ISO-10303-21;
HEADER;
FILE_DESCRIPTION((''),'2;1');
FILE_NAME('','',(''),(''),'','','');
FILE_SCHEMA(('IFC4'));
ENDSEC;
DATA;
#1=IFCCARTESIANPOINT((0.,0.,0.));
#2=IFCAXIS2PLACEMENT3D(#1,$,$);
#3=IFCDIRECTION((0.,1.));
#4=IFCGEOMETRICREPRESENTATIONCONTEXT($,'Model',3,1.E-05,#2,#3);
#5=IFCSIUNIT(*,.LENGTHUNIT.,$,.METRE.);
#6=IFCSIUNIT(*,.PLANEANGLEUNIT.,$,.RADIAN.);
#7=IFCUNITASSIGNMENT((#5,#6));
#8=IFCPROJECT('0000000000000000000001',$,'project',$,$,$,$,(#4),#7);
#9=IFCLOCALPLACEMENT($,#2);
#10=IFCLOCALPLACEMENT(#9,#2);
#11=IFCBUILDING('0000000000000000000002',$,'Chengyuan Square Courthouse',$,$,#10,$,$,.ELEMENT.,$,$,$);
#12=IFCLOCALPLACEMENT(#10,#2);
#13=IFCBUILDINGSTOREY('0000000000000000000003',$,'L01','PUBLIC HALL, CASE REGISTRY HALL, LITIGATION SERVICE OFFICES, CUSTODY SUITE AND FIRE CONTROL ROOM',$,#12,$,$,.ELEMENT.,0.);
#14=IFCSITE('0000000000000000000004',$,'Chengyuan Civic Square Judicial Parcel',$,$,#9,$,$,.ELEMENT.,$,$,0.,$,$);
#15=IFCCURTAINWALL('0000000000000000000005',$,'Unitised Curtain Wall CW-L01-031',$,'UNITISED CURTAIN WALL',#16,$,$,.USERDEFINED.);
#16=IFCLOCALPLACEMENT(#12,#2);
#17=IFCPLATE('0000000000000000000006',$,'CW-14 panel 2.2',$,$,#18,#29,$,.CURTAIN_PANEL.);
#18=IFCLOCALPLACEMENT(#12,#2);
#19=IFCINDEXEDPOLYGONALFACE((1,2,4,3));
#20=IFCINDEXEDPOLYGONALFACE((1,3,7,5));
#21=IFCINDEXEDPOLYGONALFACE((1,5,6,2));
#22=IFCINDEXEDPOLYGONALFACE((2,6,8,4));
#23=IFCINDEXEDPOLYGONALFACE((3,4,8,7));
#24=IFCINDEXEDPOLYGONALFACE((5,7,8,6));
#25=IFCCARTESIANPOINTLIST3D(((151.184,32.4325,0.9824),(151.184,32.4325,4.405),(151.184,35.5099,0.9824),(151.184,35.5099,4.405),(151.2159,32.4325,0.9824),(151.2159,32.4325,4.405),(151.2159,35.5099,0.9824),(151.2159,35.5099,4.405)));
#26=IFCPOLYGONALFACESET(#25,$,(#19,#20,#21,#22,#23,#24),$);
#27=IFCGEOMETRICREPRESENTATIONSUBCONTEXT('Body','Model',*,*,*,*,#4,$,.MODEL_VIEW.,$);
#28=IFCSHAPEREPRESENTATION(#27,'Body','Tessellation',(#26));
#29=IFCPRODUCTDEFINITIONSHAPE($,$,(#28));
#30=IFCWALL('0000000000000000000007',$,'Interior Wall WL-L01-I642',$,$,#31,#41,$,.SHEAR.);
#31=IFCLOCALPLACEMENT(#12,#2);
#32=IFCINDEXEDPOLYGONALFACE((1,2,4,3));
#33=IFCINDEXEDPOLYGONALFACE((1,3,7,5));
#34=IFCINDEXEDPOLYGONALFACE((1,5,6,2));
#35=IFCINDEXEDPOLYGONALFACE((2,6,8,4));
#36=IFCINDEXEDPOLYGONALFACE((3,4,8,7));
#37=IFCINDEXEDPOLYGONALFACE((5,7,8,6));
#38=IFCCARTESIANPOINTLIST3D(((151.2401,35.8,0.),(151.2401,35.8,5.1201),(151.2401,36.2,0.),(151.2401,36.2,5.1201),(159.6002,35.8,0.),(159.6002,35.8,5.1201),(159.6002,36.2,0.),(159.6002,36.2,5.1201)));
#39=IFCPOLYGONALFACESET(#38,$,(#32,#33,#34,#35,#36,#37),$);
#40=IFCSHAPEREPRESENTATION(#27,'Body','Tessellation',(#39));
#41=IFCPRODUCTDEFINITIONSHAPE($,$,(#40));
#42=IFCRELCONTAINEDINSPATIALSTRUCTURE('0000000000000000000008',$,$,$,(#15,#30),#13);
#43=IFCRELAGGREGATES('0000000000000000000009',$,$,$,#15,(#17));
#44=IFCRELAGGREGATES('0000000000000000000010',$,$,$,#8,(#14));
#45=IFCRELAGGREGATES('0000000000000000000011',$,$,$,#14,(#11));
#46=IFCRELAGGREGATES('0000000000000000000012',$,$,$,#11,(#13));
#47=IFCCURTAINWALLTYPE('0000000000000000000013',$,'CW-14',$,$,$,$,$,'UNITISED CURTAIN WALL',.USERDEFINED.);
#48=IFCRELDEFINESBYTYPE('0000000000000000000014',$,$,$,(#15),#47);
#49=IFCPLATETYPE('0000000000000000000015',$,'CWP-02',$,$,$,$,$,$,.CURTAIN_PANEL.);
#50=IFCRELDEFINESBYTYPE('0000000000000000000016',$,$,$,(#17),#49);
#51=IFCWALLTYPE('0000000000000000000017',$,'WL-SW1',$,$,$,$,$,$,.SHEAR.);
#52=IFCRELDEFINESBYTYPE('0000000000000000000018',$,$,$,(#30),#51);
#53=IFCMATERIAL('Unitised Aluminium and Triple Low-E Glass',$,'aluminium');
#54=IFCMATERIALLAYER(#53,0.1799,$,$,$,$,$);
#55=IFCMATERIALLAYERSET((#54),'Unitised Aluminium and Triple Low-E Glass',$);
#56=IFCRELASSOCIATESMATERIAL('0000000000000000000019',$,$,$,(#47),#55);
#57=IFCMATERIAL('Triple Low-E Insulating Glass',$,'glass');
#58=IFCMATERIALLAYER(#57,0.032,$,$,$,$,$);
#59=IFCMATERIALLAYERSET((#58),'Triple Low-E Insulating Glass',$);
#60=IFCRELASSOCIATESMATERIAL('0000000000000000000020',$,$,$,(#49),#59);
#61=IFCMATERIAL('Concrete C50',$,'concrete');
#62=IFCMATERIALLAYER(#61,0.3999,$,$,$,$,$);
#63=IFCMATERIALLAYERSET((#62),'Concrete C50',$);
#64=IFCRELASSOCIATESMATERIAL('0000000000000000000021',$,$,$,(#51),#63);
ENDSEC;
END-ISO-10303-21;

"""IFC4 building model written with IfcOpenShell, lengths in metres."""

from ifc_helpers import new_model, si_unit, direction, frame, frame_2d, origin, origin_2d, place, context, subcontext, project, spatial, rectangle, extrude, material, layer, layer_set, type_object, element, aggregate, save


model = new_model("IFC4")

# Units and contexts
model_context = context("Model", 3, precision=1e-05, world=origin(), true_north=direction((0.0, 1.0)))
body_context = subcontext(model_context, "Body", "Model", "MODEL_VIEW")
ifc_project = project(units=[si_unit("LENGTHUNIT", "METRE"), si_unit("PLANEANGLEUNIT", "RADIAN")], contexts=[model_context])

# Site, building, storey
site_placement = place(None, origin())
site = spatial("IfcSite", under=ifc_project, at=site_placement, Name="Chengyuan Civic Square Judicial Parcel", CompositionType="ELEMENT", RefElevation=0.0)
building_placement = place(site_placement, origin())
building = spatial("IfcBuilding", under=site, at=building_placement, Name="Chengyuan Square Courthouse", CompositionType="ELEMENT")
storey_placement = place(building_placement, origin())
storey = spatial("IfcBuildingStorey", under=building, at=storey_placement, Name="L01", Description="PUBLIC HALL, CASE REGISTRY HALL, LITIGATION SERVICE OFFICES, CUSTODY SUITE AND FIRE CONTROL ROOM", CompositionType="ELEMENT", Elevation=0.0)

# Shared definitions
ifc_material_1 = material(Name="Concrete C50", Category="concrete")

# Curtain wall
ifc_material_2 = material(Name="Unitised Aluminium and Triple Low-E Glass", Category="aluminium")
ifc_layer_1 = layer(ifc_material_2, 0.1799)
ifc_layer_set_1 = layer_set([ifc_layer_1], Name="Unitised Aluminium and Triple Low-E Glass")
curtain_wall_type = type_object("IfcCurtainWallType", Name="CW-14", ElementType="UNITISED CURTAIN WALL", PredefinedType="USERDEFINED", material=ifc_layer_set_1)
curtain_wall_placement = place(storey_placement, origin())
curtain_wall = element("IfcCurtainWall", 1, at=curtain_wall_placement, inside=storey, type_object=curtain_wall_type, Name="Unitised Curtain Wall CW-L01-031", ObjectType="UNITISED CURTAIN WALL", PredefinedType="USERDEFINED")

# Plate
ifc_material_3 = material(Name="Triple Low-E Insulating Glass", Category="glass")
ifc_layer_2 = layer(ifc_material_3, 0.032)
ifc_layer_set_2 = layer_set([ifc_layer_2], Name="Triple Low-E Insulating Glass")
plate_type = type_object("IfcPlateType", Name="CWP-02", PredefinedType="CURTAIN_PANEL", material=ifc_layer_set_2)
plate_1_placement = place(storey_placement, frame((151.2, 33.9712, 0.9824), z_axis=(0.0, 0.0, 1.0), x_axis=(0.0, 1.0, 0.0)))
plate_1 = element("IfcPlate", 2, at=plate_1_placement, type_object=plate_type, Name="CW-14 panel 2.2", PredefinedType="CURTAIN_PANEL", context=body_context, shape_type="SweptSolid", body=[
    extrude(rectangle(XDim=3.0774, YDim=0.032, at=origin_2d()), origin(), (0.0, 0.0, 1.0), 3.4226),
])
aggregate(curtain_wall, [plate_1])

# Wall
ifc_layer_3 = layer(ifc_material_1, 0.3999)
ifc_layer_set_3 = layer_set([ifc_layer_3], Name="Concrete C50")
wall_type = type_object("IfcWallType", Name="WL-SW1", PredefinedType="SHEAR", material=ifc_layer_set_3)
wall_placement = place(storey_placement, frame((151.24, 36.0, 0.0), z_axis=(0.0, 0.0, 1.0), x_axis=(1.0, 0.0, 0.0)))
element("IfcWall", 3, at=wall_placement, inside=storey, type_object=wall_type, Name="Interior Wall WL-L01-I642", PredefinedType="SHEAR", context=body_context, shape_type="SweptSolid", body=[
    extrude(rectangle(XDim=8.3601, YDim=0.3999, at=frame_2d((4.1802, 0.0))), origin(), (0.0, 0.0, 1.0), 5.1201),
])

save(model, "model.ifc")
